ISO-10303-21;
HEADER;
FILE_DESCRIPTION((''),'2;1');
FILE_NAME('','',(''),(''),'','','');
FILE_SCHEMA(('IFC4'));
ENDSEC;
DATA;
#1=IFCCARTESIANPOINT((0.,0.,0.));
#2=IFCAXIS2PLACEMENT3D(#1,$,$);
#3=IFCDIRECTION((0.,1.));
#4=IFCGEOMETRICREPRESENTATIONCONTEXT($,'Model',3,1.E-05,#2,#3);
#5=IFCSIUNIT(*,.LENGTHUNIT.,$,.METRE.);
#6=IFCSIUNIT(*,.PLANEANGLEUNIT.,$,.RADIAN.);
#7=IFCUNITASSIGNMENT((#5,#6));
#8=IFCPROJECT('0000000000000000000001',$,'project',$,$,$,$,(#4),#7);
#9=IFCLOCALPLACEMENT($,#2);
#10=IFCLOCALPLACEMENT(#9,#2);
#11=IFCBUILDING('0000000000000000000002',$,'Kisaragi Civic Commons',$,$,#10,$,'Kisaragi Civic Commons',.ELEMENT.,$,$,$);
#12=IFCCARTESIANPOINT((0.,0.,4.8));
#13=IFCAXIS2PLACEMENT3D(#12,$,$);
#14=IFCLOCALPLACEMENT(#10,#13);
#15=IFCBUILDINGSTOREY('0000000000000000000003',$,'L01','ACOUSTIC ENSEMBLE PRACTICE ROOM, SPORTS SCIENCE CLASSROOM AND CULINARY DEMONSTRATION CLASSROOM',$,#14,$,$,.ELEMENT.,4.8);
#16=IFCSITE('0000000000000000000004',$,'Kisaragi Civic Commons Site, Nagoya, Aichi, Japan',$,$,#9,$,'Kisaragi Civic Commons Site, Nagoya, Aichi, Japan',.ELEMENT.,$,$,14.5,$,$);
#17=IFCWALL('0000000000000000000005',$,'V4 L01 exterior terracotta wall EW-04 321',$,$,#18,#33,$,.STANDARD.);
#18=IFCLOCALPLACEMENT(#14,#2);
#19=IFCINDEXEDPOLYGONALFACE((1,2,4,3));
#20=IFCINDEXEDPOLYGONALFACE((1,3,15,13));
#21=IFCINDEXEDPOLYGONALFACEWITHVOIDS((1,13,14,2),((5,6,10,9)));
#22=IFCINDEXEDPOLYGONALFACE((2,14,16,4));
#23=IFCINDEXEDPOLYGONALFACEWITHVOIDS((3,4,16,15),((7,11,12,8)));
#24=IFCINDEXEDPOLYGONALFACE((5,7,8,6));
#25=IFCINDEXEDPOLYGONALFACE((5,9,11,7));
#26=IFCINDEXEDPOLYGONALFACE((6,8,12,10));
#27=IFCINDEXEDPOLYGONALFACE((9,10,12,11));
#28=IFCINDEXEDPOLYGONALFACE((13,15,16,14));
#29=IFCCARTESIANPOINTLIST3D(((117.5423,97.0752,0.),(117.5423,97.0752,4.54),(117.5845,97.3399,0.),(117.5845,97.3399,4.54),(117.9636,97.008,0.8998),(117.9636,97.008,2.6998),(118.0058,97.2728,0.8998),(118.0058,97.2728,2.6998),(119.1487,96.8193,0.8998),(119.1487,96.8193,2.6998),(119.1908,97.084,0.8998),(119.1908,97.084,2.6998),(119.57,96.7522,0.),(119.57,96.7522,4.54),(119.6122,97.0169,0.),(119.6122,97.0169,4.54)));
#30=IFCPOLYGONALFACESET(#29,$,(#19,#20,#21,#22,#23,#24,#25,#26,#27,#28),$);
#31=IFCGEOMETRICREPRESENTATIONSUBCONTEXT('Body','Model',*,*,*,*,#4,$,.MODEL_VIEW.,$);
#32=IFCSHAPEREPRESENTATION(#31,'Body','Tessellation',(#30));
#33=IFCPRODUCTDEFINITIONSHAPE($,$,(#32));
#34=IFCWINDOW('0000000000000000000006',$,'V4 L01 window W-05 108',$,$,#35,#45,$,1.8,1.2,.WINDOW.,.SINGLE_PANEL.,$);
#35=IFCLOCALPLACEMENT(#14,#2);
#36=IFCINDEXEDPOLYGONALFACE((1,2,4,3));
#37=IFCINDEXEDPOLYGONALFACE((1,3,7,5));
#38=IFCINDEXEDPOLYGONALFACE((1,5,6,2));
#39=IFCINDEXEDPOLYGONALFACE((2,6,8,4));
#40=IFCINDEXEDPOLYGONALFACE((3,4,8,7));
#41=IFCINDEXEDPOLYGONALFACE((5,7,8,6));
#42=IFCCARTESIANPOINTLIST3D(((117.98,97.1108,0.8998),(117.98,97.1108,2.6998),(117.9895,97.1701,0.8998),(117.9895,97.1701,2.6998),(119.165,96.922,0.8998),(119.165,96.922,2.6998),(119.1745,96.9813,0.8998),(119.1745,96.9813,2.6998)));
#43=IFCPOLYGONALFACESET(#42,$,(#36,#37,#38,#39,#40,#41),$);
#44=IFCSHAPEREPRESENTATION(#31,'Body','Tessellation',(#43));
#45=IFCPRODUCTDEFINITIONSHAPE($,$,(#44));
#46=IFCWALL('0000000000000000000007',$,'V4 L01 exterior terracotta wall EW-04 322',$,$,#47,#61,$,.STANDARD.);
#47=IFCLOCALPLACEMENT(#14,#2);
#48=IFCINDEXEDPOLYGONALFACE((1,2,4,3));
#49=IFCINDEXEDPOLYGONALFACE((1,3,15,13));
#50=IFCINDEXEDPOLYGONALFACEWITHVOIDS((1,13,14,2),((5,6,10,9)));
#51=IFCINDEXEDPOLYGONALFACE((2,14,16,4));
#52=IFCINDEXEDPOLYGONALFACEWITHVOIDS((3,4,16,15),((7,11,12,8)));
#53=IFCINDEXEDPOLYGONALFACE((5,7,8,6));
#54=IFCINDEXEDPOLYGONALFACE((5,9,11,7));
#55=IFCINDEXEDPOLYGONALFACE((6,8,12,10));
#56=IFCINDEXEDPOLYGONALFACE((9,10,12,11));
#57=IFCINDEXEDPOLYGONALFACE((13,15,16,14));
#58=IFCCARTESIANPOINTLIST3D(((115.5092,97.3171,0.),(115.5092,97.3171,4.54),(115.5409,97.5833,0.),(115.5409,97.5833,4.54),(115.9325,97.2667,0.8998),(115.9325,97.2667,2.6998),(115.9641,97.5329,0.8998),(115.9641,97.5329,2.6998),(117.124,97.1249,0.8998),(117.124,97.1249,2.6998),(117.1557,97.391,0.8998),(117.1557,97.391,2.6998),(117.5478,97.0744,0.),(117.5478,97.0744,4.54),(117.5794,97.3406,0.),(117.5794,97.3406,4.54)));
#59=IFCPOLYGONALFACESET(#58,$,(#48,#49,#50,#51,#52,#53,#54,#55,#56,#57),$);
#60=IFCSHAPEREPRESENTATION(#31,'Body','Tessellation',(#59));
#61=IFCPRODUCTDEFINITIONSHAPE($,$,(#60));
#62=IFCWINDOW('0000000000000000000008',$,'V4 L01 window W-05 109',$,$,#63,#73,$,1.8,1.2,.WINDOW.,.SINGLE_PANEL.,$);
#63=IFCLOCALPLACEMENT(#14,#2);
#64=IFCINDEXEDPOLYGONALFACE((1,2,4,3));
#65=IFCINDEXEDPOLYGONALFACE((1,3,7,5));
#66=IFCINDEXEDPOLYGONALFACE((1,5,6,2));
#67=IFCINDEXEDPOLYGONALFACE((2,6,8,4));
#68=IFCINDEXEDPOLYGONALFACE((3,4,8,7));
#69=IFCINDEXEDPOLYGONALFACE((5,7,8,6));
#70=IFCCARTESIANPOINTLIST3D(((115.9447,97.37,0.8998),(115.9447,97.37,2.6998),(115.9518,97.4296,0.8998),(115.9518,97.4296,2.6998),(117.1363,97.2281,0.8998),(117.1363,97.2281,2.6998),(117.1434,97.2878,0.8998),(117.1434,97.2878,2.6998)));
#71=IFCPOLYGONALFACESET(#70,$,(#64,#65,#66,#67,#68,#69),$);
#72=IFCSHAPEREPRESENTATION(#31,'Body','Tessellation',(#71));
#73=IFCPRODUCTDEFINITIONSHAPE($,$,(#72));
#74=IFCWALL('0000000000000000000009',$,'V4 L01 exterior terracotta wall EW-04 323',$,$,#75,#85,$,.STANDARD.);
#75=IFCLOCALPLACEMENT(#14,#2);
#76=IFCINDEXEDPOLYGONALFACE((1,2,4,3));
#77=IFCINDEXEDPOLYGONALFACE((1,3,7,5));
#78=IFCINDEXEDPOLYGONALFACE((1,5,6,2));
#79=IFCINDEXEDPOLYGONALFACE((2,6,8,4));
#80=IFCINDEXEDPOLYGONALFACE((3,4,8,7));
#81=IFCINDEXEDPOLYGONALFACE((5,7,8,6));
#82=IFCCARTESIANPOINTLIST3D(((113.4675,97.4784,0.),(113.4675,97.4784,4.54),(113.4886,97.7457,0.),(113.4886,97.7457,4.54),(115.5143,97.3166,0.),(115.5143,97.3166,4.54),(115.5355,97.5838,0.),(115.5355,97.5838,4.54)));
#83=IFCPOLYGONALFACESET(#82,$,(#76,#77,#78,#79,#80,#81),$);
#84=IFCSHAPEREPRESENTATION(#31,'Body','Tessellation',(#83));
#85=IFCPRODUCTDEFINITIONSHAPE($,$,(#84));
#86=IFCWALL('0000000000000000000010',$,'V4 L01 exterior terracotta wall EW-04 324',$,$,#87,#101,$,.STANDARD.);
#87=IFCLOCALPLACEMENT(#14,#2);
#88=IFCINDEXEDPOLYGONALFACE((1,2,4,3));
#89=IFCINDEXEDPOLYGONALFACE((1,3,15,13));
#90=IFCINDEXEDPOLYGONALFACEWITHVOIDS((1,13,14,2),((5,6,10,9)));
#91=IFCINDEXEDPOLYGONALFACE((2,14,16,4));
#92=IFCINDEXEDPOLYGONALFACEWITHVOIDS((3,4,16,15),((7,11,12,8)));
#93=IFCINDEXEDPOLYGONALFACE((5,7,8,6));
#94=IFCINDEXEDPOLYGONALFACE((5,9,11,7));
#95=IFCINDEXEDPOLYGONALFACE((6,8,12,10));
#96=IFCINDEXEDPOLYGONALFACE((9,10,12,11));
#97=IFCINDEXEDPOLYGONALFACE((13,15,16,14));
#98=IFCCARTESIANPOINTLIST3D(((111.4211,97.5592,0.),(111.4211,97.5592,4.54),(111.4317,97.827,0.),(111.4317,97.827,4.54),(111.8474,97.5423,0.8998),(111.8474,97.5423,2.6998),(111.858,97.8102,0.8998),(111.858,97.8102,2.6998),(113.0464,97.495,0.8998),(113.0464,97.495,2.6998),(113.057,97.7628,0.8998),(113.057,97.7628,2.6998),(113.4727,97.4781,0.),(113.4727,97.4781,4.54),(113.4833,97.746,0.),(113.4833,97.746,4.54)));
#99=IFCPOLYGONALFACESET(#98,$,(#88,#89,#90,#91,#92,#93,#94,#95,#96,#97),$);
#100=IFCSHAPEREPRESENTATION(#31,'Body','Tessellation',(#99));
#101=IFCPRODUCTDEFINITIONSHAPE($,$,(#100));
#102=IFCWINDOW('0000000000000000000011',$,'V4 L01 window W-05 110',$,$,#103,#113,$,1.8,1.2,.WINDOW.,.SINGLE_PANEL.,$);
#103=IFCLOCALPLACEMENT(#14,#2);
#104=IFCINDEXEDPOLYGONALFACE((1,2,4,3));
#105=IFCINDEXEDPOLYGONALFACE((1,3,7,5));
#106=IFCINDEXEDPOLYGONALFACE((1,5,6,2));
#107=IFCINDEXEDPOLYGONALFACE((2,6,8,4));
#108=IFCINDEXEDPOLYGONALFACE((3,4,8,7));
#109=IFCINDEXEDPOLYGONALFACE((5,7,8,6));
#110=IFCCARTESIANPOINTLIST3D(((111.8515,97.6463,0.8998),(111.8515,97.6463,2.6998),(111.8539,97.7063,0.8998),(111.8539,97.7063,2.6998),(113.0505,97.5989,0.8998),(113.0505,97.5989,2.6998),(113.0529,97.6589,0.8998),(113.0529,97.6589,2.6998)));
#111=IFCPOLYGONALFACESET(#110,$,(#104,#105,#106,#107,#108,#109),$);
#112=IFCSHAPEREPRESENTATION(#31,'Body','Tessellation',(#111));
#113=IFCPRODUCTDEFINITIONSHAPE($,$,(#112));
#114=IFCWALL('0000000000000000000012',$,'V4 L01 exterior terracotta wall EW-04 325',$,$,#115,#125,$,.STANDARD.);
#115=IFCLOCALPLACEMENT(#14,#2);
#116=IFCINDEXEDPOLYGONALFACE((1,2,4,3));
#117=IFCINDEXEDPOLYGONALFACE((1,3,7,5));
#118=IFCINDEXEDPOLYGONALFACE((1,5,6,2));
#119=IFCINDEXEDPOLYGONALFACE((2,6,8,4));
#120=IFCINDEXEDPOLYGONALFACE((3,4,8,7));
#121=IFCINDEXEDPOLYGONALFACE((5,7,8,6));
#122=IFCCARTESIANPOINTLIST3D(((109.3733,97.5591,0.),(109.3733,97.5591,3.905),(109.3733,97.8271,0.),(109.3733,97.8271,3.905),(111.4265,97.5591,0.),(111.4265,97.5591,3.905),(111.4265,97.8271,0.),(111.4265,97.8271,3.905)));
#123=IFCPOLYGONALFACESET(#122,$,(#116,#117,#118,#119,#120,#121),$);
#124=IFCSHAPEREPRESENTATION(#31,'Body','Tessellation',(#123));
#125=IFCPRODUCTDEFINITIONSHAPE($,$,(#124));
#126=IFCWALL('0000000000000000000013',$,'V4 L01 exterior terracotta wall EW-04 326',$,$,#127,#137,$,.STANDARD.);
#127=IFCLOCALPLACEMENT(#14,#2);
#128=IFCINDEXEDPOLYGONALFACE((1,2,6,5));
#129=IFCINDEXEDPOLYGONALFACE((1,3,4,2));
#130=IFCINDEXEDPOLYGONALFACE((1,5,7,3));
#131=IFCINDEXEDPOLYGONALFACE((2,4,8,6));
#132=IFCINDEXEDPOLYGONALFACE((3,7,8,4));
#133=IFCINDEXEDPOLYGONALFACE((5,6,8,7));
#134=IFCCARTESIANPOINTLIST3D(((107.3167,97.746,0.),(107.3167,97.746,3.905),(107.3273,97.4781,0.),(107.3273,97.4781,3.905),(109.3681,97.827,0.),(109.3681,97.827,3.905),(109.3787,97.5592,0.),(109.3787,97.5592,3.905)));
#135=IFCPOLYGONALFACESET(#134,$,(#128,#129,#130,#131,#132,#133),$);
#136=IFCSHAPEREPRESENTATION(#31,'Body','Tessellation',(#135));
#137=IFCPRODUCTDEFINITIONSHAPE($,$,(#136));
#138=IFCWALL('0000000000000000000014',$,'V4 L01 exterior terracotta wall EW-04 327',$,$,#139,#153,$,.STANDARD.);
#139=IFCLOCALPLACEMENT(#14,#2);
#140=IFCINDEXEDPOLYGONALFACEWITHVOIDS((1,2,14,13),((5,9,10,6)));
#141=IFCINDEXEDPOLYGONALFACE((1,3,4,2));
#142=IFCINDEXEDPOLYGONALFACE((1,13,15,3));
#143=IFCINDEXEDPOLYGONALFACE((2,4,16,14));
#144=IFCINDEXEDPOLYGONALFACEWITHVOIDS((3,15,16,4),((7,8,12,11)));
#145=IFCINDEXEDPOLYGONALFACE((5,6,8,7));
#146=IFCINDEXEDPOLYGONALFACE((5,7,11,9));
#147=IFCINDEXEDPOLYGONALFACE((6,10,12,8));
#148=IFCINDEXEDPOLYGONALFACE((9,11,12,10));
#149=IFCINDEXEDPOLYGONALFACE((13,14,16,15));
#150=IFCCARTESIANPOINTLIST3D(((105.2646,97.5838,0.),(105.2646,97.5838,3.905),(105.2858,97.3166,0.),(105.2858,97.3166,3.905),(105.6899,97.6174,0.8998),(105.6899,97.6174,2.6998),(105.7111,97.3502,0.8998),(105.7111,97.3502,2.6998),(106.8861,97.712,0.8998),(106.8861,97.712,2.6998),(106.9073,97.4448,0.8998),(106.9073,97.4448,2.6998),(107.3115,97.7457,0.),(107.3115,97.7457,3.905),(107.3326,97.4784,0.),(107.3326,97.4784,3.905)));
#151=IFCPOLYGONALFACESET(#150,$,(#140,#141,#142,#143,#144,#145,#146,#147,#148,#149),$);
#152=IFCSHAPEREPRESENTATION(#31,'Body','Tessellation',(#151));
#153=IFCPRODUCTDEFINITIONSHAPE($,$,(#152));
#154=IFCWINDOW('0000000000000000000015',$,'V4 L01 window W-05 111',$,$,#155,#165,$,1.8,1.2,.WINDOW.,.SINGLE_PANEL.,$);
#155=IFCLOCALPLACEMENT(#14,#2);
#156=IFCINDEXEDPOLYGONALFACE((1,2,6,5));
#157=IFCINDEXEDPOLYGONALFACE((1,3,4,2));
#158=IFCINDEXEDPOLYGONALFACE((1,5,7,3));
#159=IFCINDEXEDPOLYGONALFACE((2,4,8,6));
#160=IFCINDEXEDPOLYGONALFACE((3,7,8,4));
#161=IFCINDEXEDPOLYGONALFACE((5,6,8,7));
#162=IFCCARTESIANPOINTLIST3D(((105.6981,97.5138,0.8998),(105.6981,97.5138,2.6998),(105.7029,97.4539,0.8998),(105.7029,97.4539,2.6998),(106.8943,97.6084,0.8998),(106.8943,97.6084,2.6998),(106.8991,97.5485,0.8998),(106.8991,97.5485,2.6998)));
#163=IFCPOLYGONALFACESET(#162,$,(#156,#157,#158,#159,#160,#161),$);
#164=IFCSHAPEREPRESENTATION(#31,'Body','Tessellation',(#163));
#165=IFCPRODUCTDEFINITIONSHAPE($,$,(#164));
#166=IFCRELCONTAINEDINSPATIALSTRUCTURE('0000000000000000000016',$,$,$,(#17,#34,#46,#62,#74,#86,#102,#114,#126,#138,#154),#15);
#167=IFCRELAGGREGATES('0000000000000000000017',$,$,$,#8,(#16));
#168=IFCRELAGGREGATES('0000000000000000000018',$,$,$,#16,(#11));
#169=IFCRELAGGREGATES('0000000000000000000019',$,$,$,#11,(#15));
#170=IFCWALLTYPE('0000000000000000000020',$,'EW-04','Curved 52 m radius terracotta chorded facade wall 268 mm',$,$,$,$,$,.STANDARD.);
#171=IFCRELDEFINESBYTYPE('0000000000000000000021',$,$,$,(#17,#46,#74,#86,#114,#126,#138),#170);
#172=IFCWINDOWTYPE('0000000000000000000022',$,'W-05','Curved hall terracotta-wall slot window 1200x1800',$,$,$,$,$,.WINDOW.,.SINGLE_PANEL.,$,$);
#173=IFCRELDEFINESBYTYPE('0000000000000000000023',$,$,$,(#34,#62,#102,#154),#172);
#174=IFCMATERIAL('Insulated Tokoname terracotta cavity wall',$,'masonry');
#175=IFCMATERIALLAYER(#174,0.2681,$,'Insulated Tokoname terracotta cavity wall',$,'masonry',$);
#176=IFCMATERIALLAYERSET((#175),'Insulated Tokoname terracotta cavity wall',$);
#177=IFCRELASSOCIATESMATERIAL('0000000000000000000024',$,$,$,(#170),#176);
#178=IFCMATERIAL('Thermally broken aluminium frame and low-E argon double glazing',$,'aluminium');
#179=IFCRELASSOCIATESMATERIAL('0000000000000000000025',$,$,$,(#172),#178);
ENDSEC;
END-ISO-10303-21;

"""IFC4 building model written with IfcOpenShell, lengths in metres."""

from ifc_helpers import new_model, si_unit, direction, frame, frame_2d, origin, place, context, subcontext, project, spatial, rectangle, extrude, material, layer, layer_set, type_object, element, fill, save


model = new_model("IFC4")

# Units and contexts
model_context = context("Model", 3, precision=1e-05, world=origin(), true_north=direction((0.0, 1.0)))
body_context = subcontext(model_context, "Body", "Model", "MODEL_VIEW")
ifc_project = project(units=[si_unit("LENGTHUNIT", "METRE"), si_unit("PLANEANGLEUNIT", "RADIAN")], contexts=[model_context])

# Site, building, storey
site_placement = place(None, origin())
site = spatial("IfcSite", under=ifc_project, at=site_placement, Name="Kisaragi Civic Commons Site, Nagoya, Aichi, Japan", LongName="Kisaragi Civic Commons Site, Nagoya, Aichi, Japan", CompositionType="ELEMENT", RefElevation=14.5)
building_placement = place(site_placement, origin())
building = spatial("IfcBuilding", under=site, at=building_placement, Name="Kisaragi Civic Commons", LongName="Kisaragi Civic Commons", CompositionType="ELEMENT")
storey_placement = place(building_placement, frame((0.0, 0.0, 4.8)))
storey = spatial("IfcBuildingStorey", under=building, at=storey_placement, Name="L01", Description="ACOUSTIC ENSEMBLE PRACTICE ROOM, SPORTS SCIENCE CLASSROOM AND CULINARY DEMONSTRATION CLASSROOM", CompositionType="ELEMENT", Elevation=4.8)

# Shared definitions
ifc_material_1 = material(Name="Insulated Tokoname terracotta cavity wall", Category="masonry")
ifc_layer_1 = layer(ifc_material_1, 0.2681, Name="Insulated Tokoname terracotta cavity wall", Category="masonry")
ifc_layer_set_1 = layer_set([ifc_layer_1], Name="Insulated Tokoname terracotta cavity wall")
wall_type_1 = type_object("IfcWallType", Name="EW-04", Description="Curved 52 m radius terracotta chorded facade wall 268 mm", PredefinedType="STANDARD", material=ifc_layer_set_1)

# Walls, openings, windows
wall_1_placement = place(storey_placement, frame((119.5911, 96.8845, 0.0), z_axis=(0.0, 0.0, 1.0), x_axis=(-0.987548, 0.157318, 0.0)))
wall_1 = element("IfcWall", 1, at=wall_1_placement, inside=storey, type_object=wall_type_1, Name="V4 L01 exterior terracotta wall EW-04 321", PredefinedType="STANDARD", context=body_context, shape_type="SweptSolid", body=[
    extrude(rectangle(XDim=2.0532, YDim=0.2681, at=frame_2d((1.0266, 0.0))), origin(), (0.0, 0.0, 1.0), 4.54),
])
opening_1_placement = place(wall_1_placement, frame((0.4265, 0.0, 0.8999)))
opening_1 = element("IfcOpeningElement", 2, at=opening_1_placement, cuts=wall_1, PredefinedType="OPENING", context=body_context, shape_type="SweptSolid", body=[
    extrude(rectangle(XDim=1.2, YDim=1.8, at=frame_2d((0.6001, 0.8999))), frame((0.0, 0.144, 0.0), z_axis=(0.0, -1.0, 0.0), x_axis=(1.0, 0.0, 0.0)), (0.0, 0.0, 1.0), 0.2881),
])
ifc_material_2 = material(Name="Thermally broken aluminium frame and low-E argon double glazing", Category="aluminium")
window_type = type_object("IfcWindowType", Name="W-05", Description="Curved hall terracotta-wall slot window 1200x1800", PartitioningType="SINGLE_PANEL", PredefinedType="WINDOW", material=ifc_material_2)
window_1_placement = place(opening_1_placement, origin())
window_1 = element("IfcWindow", 3, at=window_1_placement, inside=storey, type_object=window_type, Name="V4 L01 window W-05 108", OverallHeight=1.8, OverallWidth=1.2, PartitioningType="SINGLE_PANEL", PredefinedType="WINDOW", context=body_context, shape_type="SweptSolid", body=[
    extrude(rectangle(XDim=1.2, YDim=1.8, at=frame_2d((0.6001, 0.8999))), frame((0.0, 0.03, 0.0), z_axis=(0.0, -1.0, 0.0), x_axis=(1.0, 0.0, 0.0)), (0.0, 0.0, 1.0), 0.0601),
])
fill(opening_1, window_1)
wall_2_placement = place(storey_placement, frame((117.5635, 97.2075, 0.0), z_axis=(0.0, 0.0, 1.0), x_axis=(-0.992989, 0.118207, 0.0)))
wall_2 = element("IfcWall", 4, at=wall_2_placement, inside=storey, type_object=wall_type_1, Name="V4 L01 exterior terracotta wall EW-04 322", PredefinedType="STANDARD", context=body_context, shape_type="SweptSolid", body=[
    extrude(rectangle(XDim=2.053, YDim=0.2681, at=frame_2d((1.0264, 0.0))), origin(), (0.0, 0.0, 1.0), 4.54),
])
opening_2_placement = place(wall_2_placement, frame((0.4265, 0.0, 0.8999)))
opening_2 = element("IfcOpeningElement", 5, at=opening_2_placement, cuts=wall_2, PredefinedType="OPENING", context=body_context, shape_type="SweptSolid", body=[
    extrude(rectangle(XDim=1.2, YDim=1.8, at=frame_2d((0.6001, 0.8999))), frame((0.0, 0.144, 0.0), z_axis=(0.0, -1.0, 0.0), x_axis=(1.0, 0.0, 0.0)), (0.0, 0.0, 1.0), 0.2881),
])
window_2_placement = place(opening_2_placement, origin())
window_2 = element("IfcWindow", 6, at=window_2_placement, inside=storey, type_object=window_type, Name="V4 L01 window W-05 109", OverallHeight=1.8, OverallWidth=1.2, PartitioningType="SINGLE_PANEL", PredefinedType="WINDOW", context=body_context, shape_type="SweptSolid", body=[
    extrude(rectangle(XDim=1.2, YDim=1.8, at=frame_2d((0.6001, 0.8999))), frame((0.0, 0.03, 0.0), z_axis=(0.0, -1.0, 0.0), x_axis=(1.0, 0.0, 0.0)), (0.0, 0.0, 1.0), 0.0601),
])
fill(opening_2, window_2)

# Wall
wall_3_placement = place(storey_placement, frame((115.5249, 97.4502, 0.0), z_axis=(0.0, 0.0, 1.0), x_axis=(-0.996888, 0.078833, 0.0)))
element("IfcWall", 7, at=wall_3_placement, inside=storey, type_object=wall_type_1, Name="V4 L01 exterior terracotta wall EW-04 323", PredefinedType="STANDARD", context=body_context, shape_type="SweptSolid", body=[
    extrude(rectangle(XDim=2.0532, YDim=0.2681, at=frame_2d((1.0266, 0.0))), origin(), (0.0, 0.0, 1.0), 4.54),
])

# Wall, opening, window
wall_4_placement = place(storey_placement, frame((113.478, 97.6121, 0.0), z_axis=(0.0, 0.0, 1.0), x_axis=(-0.99922, 0.039479, 0.0)))
wall_4 = element("IfcWall", 8, at=wall_4_placement, inside=storey, type_object=wall_type_1, Name="V4 L01 exterior terracotta wall EW-04 324", PredefinedType="STANDARD", context=body_context, shape_type="SweptSolid", body=[
    extrude(rectangle(XDim=2.0532, YDim=0.2681, at=frame_2d((1.0266, 0.0))), origin(), (0.0, 0.0, 1.0), 4.54),
])
opening_3_placement = place(wall_4_placement, frame((0.4265, 0.0, 0.8999)))
opening_3 = element("IfcOpeningElement", 9, at=opening_3_placement, cuts=wall_4, PredefinedType="OPENING", context=body_context, shape_type="SweptSolid", body=[
    extrude(rectangle(XDim=1.2, YDim=1.8, at=frame_2d((0.6001, 0.8999))), frame((0.0, 0.144, 0.0), z_axis=(0.0, -1.0, 0.0), x_axis=(1.0, 0.0, 0.0)), (0.0, 0.0, 1.0), 0.2881),
])
window_3_placement = place(opening_3_placement, origin())
window_3 = element("IfcWindow", 10, at=window_3_placement, inside=storey, type_object=window_type, Name="V4 L01 window W-05 110", OverallHeight=1.8, OverallWidth=1.2, PartitioningType="SINGLE_PANEL", PredefinedType="WINDOW", context=body_context, shape_type="SweptSolid", body=[
    extrude(rectangle(XDim=1.2, YDim=1.8, at=frame_2d((0.6001, 0.8999))), frame((0.0, 0.03, 0.0), z_axis=(0.0, -1.0, 0.0), x_axis=(1.0, 0.0, 0.0)), (0.0, 0.0, 1.0), 0.0601),
])
fill(opening_3, window_3)

# Walls
wall_5_placement = place(storey_placement, frame((111.4265, 97.6931, 0.0), z_axis=(0.0, 0.0, 1.0), x_axis=(-1.0, 0.0, 0.0)))
element("IfcWall", 11, at=wall_5_placement, inside=storey, type_object=wall_type_1, Name="V4 L01 exterior terracotta wall EW-04 325", PredefinedType="STANDARD", context=body_context, shape_type="SweptSolid", body=[
    extrude(rectangle(XDim=2.0532, YDim=0.2681, at=frame_2d((1.0266, 0.0))), origin(), (0.0, 0.0, 1.0), 3.905),
])
wall_6_placement = place(storey_placement, frame((109.3733, 97.6931, 0.0), z_axis=(0.0, 0.0, 1.0), x_axis=(-0.99922, -0.039484, 0.0)))
element("IfcWall", 12, at=wall_6_placement, inside=storey, type_object=wall_type_1, Name="V4 L01 exterior terracotta wall EW-04 326", PredefinedType="STANDARD", context=body_context, shape_type="SweptSolid", body=[
    extrude(rectangle(XDim=2.053, YDim=0.2681, at=frame_2d((1.0264, 0.0))), origin(), (0.0, 0.0, 1.0), 3.905),
])

# Wall, opening, window
wall_7_placement = place(storey_placement, frame((107.322, 97.6121, 0.0), z_axis=(0.0, 0.0, 1.0), x_axis=(-0.996888, -0.078833, 0.0)))
wall_7 = element("IfcWall", 13, at=wall_7_placement, inside=storey, type_object=wall_type_1, Name="V4 L01 exterior terracotta wall EW-04 327", PredefinedType="STANDARD", context=body_context, shape_type="SweptSolid", body=[
    extrude(rectangle(XDim=2.0532, YDim=0.2681, at=frame_2d((1.0266, 0.0))), origin(), (0.0, 0.0, 1.0), 3.905),
])
opening_4_placement = place(wall_7_placement, frame((0.4265, 0.0, 0.8999)))
opening_4 = element("IfcOpeningElement", 14, at=opening_4_placement, cuts=wall_7, PredefinedType="OPENING", context=body_context, shape_type="SweptSolid", body=[
    extrude(rectangle(XDim=1.2, YDim=1.8, at=frame_2d((0.6001, 0.8999))), frame((0.0, 0.144, 0.0), z_axis=(0.0, -1.0, 0.0), x_axis=(1.0, 0.0, 0.0)), (0.0, 0.0, 1.0), 0.2881),
])
window_4_placement = place(opening_4_placement, origin())
window_4 = element("IfcWindow", 15, at=window_4_placement, inside=storey, type_object=window_type, Name="V4 L01 window W-05 111", OverallHeight=1.8, OverallWidth=1.2, PartitioningType="SINGLE_PANEL", PredefinedType="WINDOW", context=body_context, shape_type="SweptSolid", body=[
    extrude(rectangle(XDim=1.2, YDim=1.8, at=frame_2d((0.6001, 0.8999))), frame((0.0, 0.03, 0.0), z_axis=(0.0, -1.0, 0.0), x_axis=(1.0, 0.0, 0.0)), (0.0, 0.0, 1.0), 0.0601),
])
fill(opening_4, window_4)

save(model, "model.ifc")
